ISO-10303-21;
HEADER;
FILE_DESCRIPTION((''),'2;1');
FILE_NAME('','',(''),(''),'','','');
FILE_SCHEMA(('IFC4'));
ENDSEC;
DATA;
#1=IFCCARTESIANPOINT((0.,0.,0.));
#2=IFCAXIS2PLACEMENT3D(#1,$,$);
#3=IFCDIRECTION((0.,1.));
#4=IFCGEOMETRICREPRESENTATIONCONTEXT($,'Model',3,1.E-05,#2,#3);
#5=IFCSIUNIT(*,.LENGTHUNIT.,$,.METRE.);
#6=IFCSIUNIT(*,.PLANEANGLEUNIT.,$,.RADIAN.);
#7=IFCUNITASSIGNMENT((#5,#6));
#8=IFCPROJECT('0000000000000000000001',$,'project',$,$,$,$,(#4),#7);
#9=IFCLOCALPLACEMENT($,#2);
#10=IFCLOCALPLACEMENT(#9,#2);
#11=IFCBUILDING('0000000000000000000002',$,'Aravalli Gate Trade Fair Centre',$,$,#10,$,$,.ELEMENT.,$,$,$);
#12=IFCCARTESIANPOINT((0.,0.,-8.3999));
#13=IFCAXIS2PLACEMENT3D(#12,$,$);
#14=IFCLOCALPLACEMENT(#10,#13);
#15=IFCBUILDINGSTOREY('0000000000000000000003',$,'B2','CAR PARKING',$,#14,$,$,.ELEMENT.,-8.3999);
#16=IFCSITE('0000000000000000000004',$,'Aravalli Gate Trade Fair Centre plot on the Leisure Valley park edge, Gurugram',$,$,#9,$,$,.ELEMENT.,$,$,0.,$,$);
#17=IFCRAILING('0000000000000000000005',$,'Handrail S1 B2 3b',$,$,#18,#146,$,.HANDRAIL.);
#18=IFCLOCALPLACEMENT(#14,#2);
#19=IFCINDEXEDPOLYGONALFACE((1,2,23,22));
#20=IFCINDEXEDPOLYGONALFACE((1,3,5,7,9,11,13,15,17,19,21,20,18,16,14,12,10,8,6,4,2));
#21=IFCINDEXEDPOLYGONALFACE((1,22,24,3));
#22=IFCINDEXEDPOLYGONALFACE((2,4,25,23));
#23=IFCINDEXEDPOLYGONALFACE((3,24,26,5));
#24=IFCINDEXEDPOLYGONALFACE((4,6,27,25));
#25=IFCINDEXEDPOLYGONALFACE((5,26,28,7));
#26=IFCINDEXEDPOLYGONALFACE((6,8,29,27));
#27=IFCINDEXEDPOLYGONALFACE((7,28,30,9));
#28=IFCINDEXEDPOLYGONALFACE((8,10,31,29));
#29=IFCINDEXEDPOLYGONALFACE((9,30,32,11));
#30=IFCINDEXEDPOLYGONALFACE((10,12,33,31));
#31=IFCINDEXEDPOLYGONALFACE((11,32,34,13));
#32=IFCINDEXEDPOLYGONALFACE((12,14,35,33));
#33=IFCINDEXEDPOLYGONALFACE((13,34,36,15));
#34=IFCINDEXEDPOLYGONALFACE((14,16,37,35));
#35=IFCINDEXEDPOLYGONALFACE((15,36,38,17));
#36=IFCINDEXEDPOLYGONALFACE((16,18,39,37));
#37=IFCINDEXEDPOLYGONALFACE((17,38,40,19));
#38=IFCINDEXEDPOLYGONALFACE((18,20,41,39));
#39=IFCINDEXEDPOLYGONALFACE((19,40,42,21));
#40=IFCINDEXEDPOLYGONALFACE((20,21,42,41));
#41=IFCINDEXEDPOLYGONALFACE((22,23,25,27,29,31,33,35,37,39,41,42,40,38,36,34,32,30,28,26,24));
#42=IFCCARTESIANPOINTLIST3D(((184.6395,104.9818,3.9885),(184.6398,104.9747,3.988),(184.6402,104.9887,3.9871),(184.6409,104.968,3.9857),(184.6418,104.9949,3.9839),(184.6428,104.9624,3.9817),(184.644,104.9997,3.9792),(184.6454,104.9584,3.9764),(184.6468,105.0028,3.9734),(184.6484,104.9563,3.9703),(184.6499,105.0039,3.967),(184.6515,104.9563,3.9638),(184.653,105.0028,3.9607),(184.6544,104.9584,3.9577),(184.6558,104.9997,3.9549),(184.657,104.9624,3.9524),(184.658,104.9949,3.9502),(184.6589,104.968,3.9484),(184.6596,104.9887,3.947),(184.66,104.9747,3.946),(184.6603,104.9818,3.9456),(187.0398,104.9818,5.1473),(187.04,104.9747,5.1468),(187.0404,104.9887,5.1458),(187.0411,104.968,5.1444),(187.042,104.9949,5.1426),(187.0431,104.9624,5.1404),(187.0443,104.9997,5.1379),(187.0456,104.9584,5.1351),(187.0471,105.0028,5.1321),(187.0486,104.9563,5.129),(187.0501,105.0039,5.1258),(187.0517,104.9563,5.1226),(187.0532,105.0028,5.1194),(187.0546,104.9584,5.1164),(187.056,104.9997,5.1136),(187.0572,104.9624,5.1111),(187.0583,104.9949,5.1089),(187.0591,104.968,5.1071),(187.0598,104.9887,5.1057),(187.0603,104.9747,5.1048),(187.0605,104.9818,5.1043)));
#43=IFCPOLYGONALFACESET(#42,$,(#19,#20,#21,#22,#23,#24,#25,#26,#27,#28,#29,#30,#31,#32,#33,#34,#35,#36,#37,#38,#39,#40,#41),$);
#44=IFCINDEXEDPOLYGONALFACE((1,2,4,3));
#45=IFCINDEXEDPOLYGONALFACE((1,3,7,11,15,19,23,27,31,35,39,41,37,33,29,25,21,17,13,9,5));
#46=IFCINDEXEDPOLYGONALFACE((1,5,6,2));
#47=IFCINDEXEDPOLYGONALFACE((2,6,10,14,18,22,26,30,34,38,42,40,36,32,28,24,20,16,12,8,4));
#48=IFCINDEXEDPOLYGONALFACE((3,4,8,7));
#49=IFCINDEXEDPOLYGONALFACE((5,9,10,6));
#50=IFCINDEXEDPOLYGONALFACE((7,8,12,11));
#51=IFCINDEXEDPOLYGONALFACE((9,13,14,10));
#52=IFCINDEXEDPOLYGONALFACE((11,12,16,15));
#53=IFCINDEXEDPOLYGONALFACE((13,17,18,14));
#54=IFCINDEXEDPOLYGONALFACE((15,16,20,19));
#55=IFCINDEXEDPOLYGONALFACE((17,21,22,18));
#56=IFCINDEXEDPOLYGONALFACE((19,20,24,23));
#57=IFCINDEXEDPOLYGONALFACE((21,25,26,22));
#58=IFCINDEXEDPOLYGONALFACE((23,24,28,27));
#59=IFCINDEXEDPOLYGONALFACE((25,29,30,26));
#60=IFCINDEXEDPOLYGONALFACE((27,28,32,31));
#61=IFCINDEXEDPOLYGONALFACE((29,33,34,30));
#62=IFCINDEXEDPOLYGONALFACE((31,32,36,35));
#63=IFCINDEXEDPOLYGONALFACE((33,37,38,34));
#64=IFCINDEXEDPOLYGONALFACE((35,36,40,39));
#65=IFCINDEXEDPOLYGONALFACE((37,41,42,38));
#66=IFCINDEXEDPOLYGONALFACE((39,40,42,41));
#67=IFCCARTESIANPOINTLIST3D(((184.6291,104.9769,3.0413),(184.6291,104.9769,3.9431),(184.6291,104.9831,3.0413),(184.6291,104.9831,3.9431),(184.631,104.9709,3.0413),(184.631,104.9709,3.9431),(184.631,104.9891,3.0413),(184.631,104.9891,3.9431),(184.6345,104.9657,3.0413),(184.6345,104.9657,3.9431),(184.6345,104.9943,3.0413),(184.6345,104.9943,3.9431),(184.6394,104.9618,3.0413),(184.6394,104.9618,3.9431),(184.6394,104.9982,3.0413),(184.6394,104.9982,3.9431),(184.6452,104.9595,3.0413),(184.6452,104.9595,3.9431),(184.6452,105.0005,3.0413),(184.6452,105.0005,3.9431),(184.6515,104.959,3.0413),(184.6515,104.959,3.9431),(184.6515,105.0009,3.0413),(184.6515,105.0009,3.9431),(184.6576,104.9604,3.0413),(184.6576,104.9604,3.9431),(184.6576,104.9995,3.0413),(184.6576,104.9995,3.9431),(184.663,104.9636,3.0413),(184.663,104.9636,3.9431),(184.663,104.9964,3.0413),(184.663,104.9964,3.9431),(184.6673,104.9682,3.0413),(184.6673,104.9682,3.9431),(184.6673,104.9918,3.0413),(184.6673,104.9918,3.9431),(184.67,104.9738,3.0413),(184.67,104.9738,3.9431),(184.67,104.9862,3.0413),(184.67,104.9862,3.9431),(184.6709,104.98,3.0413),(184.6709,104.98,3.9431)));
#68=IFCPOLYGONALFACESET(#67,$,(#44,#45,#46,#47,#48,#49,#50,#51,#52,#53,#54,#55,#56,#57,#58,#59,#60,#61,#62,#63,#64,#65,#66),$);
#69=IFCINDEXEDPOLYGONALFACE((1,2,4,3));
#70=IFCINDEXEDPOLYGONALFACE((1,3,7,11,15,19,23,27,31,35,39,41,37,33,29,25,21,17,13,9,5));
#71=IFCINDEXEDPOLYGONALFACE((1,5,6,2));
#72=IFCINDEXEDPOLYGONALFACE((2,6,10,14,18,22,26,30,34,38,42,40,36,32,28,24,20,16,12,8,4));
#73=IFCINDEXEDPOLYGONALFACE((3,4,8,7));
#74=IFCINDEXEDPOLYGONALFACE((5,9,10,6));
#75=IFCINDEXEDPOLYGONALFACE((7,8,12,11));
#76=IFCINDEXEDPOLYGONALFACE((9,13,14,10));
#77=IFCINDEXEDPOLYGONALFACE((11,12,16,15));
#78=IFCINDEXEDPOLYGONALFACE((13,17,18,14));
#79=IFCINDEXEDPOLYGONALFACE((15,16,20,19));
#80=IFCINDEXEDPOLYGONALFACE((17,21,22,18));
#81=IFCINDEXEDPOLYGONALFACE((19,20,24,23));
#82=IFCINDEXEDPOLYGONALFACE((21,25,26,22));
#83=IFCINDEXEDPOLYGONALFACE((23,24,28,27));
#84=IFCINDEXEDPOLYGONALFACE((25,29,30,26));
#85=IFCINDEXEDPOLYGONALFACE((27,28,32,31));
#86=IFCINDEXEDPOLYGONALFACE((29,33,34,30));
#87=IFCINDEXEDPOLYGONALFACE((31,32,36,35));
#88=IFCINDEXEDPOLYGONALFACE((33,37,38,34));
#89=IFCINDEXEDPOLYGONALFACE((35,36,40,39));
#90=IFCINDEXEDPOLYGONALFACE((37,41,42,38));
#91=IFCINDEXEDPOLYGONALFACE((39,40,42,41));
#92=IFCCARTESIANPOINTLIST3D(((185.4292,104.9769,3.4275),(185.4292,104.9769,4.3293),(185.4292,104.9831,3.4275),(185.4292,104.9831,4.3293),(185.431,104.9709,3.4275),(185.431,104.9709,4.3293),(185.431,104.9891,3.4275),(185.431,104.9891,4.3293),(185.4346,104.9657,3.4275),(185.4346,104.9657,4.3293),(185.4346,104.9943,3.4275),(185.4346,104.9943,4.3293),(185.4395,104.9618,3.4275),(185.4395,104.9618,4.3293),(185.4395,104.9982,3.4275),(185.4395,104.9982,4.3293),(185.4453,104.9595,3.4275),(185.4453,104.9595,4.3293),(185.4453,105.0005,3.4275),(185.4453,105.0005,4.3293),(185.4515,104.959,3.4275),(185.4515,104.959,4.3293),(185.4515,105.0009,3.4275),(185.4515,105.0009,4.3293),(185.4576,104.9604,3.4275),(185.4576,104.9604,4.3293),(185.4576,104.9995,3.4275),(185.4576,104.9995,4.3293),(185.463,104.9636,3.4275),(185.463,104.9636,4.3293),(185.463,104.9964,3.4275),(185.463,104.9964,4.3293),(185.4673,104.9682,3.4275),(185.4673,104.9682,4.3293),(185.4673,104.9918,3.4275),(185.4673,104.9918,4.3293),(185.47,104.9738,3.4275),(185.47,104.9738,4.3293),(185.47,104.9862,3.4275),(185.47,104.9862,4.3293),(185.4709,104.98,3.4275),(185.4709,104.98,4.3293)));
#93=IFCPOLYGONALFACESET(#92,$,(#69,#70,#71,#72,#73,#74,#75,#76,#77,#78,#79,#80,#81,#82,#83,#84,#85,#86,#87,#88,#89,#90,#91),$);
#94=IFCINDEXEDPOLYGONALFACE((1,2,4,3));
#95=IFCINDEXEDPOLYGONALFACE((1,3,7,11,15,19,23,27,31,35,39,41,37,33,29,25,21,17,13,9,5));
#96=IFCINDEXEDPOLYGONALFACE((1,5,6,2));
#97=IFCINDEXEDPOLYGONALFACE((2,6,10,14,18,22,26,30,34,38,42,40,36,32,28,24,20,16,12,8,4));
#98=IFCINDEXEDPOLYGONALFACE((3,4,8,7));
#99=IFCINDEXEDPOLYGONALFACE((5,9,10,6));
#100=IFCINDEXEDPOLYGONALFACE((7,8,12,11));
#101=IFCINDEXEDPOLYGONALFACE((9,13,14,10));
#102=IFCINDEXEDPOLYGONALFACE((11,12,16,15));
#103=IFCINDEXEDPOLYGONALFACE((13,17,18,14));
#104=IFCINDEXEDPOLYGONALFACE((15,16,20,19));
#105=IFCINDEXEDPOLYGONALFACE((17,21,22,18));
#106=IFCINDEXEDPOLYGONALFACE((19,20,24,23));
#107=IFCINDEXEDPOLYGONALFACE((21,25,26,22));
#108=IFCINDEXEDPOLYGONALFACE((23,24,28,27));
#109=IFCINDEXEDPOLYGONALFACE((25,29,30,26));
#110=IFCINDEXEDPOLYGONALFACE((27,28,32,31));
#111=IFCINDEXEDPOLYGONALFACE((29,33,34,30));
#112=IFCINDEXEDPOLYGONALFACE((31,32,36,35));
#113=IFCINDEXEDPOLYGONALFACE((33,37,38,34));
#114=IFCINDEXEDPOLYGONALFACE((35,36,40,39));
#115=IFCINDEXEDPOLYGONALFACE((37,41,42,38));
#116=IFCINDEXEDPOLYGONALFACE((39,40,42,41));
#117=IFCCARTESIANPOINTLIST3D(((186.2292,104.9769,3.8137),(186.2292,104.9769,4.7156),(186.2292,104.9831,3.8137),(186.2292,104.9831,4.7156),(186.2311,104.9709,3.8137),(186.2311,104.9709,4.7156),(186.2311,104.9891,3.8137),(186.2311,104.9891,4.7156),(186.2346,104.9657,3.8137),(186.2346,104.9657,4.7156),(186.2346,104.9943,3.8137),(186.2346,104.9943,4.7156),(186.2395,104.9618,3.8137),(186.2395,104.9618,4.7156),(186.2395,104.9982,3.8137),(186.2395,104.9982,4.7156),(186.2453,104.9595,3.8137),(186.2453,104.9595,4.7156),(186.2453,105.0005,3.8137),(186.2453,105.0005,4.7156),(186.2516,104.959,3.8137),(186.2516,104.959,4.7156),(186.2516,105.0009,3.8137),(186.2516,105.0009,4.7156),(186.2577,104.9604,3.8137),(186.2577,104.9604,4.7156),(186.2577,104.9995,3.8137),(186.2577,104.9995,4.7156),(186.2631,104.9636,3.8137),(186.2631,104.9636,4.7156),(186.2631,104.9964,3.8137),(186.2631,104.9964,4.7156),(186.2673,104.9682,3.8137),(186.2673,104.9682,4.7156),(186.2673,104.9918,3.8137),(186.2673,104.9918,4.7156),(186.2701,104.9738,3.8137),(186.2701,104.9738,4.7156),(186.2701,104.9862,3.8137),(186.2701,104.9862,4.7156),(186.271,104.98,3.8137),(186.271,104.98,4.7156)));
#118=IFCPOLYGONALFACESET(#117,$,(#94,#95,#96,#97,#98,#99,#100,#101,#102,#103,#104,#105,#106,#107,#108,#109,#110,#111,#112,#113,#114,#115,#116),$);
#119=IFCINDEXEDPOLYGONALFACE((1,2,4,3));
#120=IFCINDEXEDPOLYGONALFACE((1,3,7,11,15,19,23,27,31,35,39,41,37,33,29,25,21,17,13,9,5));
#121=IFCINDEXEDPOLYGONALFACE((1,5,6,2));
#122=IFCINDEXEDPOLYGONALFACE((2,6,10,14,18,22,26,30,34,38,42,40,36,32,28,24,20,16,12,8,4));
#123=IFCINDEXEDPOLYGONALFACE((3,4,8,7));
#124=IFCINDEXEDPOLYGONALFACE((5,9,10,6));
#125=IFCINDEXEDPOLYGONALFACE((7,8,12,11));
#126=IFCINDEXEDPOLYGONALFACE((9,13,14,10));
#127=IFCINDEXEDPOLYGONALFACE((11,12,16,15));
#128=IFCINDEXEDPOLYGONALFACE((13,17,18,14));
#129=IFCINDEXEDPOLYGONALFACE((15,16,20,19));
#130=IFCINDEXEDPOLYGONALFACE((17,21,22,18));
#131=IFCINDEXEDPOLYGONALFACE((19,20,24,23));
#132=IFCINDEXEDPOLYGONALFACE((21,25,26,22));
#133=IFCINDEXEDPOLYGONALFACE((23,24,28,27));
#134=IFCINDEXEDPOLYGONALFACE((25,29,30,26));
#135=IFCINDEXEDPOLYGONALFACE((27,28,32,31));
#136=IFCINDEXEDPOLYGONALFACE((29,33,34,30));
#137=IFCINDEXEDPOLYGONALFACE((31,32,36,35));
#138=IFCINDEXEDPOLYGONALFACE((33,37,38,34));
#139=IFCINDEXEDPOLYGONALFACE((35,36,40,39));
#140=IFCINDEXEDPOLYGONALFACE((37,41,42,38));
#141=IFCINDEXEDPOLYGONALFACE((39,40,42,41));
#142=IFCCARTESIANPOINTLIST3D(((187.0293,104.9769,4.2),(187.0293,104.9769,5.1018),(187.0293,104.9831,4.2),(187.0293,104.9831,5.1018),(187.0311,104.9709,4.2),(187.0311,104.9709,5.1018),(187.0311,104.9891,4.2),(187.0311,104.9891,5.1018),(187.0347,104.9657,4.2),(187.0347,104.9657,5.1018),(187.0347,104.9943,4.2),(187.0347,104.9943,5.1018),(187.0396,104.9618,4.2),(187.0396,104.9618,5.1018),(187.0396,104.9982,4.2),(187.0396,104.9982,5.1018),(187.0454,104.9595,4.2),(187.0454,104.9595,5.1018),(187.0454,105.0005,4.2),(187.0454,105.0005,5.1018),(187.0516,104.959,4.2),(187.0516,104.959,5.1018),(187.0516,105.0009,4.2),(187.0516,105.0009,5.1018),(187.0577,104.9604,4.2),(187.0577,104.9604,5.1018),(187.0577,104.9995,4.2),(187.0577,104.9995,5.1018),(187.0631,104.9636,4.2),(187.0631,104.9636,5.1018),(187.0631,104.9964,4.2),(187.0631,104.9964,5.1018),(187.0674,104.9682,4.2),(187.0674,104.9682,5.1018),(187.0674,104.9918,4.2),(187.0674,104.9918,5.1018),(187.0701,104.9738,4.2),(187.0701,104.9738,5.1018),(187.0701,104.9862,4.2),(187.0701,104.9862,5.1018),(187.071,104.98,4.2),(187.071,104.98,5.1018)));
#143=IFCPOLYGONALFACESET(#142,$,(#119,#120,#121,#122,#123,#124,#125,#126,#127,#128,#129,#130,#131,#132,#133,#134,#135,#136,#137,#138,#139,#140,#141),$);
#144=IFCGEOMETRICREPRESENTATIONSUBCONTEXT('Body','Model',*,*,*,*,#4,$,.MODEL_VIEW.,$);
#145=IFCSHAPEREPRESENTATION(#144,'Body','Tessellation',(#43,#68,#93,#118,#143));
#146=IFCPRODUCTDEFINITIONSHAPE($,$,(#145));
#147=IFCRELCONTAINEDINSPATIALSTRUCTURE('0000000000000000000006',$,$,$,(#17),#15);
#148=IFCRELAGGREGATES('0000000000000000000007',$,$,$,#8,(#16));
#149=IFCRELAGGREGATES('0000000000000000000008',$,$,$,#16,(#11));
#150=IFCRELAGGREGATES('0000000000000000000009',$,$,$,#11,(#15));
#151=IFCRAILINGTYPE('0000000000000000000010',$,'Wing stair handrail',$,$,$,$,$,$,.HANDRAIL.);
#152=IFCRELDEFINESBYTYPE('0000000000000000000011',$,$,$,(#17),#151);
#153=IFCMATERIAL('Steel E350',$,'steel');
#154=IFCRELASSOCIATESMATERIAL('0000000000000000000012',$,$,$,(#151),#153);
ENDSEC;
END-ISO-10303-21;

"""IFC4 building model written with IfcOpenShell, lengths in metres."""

from ifc_helpers import new_model, si_unit, direction, frame, origin, origin_2d, place, context, subcontext, project, spatial, circle, extrude, material, type_object, element, save


model = new_model("IFC4")

# Units and contexts
model_context = context("Model", 3, precision=1e-05, world=origin(), true_north=direction((0.0, 1.0)))
body_context = subcontext(model_context, "Body", "Model", "MODEL_VIEW")
ifc_project = project(units=[si_unit("LENGTHUNIT", "METRE"), si_unit("PLANEANGLEUNIT", "RADIAN")], contexts=[model_context])

# Site, building, storey
site_placement = place(None, origin())
site = spatial("IfcSite", under=ifc_project, at=site_placement, Name="Aravalli Gate Trade Fair Centre plot on the Leisure Valley park edge, Gurugram", CompositionType="ELEMENT", RefElevation=0.0)
building_placement = place(site_placement, origin())
building = spatial("IfcBuilding", under=site, at=building_placement, Name="Aravalli Gate Trade Fair Centre", CompositionType="ELEMENT")
storey_placement = place(building_placement, frame((0.0, 0.0, -8.3999)))
storey = spatial("IfcBuildingStorey", under=building, at=storey_placement, Name="B2", Description="CAR PARKING", CompositionType="ELEMENT", Elevation=-8.3999)

# Shared definitions
ifc_material_1 = material(Name="Steel E350", Category="steel")

# Railing
railing_type = type_object("IfcRailingType", Name="Wing stair handrail", PredefinedType="HANDRAIL", material=ifc_material_1)
for number, where, name in (
    (1, (184.6499, 104.98, 3.0413), "Handrail S1 B2 3b"),
):
    element("IfcRailing", number, at=place(storey_placement, frame(where)), inside=storey, type_object=railing_type, Name=name, PredefinedType="HANDRAIL", context=body_context, shape_type="SweptSolid", body=[
        extrude(circle(Radius=0.0239, at=origin_2d()), frame((0.0, 0.0, 0.9258), z_axis=(0.900552, 0.0, 0.434749), x_axis=(0.0, 1.0, 0.0)), (0.0, 0.0, 1.0), 2.6653),
        extrude(circle(Radius=0.021, at=origin_2d()), origin(), (0.0, 0.0, 1.0), 0.9019),
        extrude(circle(Radius=0.021, at=origin_2d()), frame((0.8, 0.0, 0.3862)), (0.0, 0.0, 1.0), 0.9019),
        extrude(circle(Radius=0.021, at=origin_2d()), frame((1.6001, 0.0, 0.7725)), (0.0, 0.0, 1.0), 0.9019),
        extrude(circle(Radius=0.021, at=origin_2d()), frame((2.4001, 0.0, 1.1587)), (0.0, 0.0, 1.0), 0.9019),
    ])

save(model, "model.ifc")
